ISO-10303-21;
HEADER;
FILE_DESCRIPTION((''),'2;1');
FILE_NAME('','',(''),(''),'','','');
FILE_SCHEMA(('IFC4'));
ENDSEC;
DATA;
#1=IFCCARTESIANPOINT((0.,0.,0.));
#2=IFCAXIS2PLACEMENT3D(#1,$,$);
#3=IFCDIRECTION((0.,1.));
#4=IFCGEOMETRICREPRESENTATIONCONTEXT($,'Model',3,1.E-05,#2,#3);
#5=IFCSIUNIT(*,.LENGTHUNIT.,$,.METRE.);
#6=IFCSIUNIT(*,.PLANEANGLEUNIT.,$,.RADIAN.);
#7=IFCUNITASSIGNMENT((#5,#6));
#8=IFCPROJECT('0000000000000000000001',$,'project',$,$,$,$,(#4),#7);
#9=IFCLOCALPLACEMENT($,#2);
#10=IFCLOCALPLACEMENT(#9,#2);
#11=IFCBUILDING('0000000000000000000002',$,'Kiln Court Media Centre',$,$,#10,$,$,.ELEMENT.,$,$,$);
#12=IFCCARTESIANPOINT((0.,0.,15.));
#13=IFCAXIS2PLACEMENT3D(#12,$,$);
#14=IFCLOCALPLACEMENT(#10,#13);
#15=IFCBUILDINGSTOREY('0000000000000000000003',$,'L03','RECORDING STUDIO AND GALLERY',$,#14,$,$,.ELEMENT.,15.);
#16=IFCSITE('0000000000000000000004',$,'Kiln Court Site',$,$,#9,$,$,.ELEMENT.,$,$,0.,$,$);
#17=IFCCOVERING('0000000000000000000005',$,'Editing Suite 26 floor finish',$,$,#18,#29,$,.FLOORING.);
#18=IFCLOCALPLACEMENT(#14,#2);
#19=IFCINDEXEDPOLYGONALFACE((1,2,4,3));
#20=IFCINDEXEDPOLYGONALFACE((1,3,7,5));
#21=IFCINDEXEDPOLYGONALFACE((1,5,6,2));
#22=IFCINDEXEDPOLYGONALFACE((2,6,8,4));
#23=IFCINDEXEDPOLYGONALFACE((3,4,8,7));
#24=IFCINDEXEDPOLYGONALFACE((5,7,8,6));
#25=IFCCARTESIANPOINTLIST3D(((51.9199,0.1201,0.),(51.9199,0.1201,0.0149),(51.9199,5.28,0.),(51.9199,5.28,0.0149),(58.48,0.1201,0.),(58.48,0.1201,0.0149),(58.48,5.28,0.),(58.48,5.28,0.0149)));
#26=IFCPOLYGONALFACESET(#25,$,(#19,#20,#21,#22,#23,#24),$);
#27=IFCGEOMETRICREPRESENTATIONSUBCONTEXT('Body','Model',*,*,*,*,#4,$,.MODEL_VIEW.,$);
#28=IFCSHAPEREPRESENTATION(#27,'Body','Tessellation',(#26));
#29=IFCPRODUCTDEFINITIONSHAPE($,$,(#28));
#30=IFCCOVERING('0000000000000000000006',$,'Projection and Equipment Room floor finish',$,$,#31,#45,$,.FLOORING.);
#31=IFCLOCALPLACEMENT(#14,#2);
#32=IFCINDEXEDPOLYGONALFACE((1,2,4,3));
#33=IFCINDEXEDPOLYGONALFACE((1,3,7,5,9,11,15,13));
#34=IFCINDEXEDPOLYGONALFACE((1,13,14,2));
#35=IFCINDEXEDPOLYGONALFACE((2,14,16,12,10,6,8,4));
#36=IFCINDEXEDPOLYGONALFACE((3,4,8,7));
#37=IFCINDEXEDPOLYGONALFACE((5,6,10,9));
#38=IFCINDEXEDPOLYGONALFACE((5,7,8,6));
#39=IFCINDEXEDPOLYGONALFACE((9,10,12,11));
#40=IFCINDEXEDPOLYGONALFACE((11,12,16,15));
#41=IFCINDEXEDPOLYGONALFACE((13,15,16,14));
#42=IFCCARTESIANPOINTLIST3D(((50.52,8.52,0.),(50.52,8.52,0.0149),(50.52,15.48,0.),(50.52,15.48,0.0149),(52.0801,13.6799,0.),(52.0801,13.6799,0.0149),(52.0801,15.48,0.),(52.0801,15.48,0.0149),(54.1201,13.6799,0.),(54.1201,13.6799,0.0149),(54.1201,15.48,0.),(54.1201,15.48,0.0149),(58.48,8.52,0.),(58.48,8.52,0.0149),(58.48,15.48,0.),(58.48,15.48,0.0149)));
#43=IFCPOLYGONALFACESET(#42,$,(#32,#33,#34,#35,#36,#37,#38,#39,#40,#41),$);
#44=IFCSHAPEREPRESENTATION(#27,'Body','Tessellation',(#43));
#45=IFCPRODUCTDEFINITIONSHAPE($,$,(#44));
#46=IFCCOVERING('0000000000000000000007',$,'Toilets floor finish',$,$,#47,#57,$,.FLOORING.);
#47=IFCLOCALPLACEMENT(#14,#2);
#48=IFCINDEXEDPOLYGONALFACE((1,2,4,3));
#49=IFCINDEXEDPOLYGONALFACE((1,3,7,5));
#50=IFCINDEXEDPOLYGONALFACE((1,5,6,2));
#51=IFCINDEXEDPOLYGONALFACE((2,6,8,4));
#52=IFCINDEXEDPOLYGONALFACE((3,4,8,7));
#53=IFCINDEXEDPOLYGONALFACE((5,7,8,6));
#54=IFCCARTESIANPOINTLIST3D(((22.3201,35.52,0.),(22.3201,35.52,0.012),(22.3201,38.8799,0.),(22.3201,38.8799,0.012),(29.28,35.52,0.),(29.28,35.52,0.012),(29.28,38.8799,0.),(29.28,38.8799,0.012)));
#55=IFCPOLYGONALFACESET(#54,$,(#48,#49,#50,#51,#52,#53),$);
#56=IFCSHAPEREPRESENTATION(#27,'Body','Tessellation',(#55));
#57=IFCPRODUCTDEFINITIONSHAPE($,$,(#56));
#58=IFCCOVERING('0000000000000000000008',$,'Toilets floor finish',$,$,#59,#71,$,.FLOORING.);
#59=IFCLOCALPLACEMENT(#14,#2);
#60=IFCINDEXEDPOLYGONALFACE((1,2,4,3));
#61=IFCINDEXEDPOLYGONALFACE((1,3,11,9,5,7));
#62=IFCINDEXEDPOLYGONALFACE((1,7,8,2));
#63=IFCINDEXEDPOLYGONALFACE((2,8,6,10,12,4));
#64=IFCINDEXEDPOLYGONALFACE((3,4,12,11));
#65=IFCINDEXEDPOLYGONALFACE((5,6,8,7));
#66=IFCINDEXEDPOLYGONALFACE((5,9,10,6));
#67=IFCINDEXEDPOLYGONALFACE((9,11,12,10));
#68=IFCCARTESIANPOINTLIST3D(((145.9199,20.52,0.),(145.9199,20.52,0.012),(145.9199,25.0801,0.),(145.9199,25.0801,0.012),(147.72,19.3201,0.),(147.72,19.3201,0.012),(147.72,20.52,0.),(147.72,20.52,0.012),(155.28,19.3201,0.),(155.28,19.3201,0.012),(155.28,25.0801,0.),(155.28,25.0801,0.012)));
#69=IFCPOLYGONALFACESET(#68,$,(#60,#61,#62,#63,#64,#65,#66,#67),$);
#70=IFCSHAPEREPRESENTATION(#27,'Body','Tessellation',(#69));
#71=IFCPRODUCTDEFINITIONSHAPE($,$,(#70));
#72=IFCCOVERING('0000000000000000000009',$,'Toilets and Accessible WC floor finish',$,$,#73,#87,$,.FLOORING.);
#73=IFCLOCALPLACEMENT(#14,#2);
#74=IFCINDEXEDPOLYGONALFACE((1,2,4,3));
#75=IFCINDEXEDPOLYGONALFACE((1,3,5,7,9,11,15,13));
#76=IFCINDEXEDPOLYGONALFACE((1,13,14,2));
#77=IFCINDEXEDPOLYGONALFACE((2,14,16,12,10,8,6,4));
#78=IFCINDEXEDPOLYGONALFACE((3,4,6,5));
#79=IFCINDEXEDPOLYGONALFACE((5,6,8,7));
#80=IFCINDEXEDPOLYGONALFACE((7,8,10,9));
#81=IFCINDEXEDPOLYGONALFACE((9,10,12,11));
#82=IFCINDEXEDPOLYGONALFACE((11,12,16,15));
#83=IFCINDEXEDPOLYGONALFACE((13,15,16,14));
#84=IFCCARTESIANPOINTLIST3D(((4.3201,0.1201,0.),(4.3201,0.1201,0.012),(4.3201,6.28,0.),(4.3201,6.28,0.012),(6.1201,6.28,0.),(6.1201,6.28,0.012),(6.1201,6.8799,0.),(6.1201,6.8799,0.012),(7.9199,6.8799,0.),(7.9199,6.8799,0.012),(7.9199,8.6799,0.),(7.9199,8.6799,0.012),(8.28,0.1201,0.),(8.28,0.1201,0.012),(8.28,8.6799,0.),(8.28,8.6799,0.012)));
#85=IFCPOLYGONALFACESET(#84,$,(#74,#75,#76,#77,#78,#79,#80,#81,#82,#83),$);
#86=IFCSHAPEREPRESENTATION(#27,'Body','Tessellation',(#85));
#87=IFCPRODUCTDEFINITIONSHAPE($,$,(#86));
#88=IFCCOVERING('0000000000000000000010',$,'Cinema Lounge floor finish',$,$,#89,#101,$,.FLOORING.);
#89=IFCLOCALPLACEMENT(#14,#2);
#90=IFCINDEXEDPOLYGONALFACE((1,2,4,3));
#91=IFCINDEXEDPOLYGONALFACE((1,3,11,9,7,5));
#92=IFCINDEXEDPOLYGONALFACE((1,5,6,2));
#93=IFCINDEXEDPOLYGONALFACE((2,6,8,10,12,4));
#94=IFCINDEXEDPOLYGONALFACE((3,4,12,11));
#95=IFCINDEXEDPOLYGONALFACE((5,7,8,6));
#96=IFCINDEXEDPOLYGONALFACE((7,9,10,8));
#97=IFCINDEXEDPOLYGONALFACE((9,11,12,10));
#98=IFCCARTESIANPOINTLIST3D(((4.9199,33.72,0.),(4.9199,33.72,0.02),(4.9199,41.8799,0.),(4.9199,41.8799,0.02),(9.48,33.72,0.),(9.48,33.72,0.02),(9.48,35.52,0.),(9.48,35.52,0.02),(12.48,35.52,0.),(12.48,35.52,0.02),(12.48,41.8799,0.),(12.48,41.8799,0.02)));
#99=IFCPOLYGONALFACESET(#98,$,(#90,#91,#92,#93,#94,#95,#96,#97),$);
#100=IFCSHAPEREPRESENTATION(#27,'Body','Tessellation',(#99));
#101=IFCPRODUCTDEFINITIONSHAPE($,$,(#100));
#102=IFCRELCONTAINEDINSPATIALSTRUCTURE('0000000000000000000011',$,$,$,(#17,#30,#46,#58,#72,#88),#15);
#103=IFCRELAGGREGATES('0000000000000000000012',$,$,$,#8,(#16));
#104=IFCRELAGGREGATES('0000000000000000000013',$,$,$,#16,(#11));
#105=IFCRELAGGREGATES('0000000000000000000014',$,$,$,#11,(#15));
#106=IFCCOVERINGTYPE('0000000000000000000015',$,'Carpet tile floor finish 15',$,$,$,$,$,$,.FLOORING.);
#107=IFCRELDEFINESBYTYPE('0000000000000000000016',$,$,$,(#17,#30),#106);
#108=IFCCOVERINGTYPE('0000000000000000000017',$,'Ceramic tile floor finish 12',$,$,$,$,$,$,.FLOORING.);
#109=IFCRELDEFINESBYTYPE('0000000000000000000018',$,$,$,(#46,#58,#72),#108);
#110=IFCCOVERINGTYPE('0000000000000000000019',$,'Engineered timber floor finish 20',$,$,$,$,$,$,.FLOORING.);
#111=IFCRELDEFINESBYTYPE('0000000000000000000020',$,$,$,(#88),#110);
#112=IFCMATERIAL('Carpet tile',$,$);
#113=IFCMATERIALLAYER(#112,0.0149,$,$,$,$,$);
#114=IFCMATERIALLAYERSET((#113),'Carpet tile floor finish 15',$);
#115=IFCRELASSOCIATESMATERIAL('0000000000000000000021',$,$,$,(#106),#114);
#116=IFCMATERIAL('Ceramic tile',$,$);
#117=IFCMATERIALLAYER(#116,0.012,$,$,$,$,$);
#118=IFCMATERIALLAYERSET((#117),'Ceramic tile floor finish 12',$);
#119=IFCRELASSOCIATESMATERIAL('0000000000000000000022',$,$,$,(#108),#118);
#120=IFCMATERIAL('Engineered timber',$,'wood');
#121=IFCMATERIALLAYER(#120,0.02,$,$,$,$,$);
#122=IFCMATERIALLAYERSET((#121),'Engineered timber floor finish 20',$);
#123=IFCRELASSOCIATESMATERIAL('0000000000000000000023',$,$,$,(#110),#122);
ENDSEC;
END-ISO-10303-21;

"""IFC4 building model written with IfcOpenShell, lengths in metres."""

from ifc_helpers import new_model, si_unit, direction, frame, origin, place, context, subcontext, project, spatial, polyline, outline, extrude, material, layer, layer_set, type_object, element, save


model = new_model("IFC4")

# Units and contexts
model_context = context("Model", 3, precision=1e-05, world=origin(), true_north=direction((0.0, 1.0)))
body_context = subcontext(model_context, "Body", "Model", "MODEL_VIEW")
ifc_project = project(units=[si_unit("LENGTHUNIT", "METRE"), si_unit("PLANEANGLEUNIT", "RADIAN")], contexts=[model_context])

# Site, building, storey
site_placement = place(None, origin())
site = spatial("IfcSite", under=ifc_project, at=site_placement, Name="Kiln Court Site", CompositionType="ELEMENT", RefElevation=0.0)
building_placement = place(site_placement, origin())
building = spatial("IfcBuilding", under=site, at=building_placement, Name="Kiln Court Media Centre", CompositionType="ELEMENT")
storey_placement = place(building_placement, frame((0.0, 0.0, 15.0)))
storey = spatial("IfcBuildingStorey", under=building, at=storey_placement, Name="L03", Description="RECORDING STUDIO AND GALLERY", CompositionType="ELEMENT", Elevation=15.0)

# Coverings
ifc_material_1 = material(Name="Carpet tile")
ifc_layer_1 = layer(ifc_material_1, 0.0149)
ifc_layer_set_1 = layer_set([ifc_layer_1], Name="Carpet tile floor finish 15")
covering_type_1 = type_object("IfcCoveringType", Name="Carpet tile floor finish 15", PredefinedType="FLOORING", material=ifc_layer_set_1)
covering_1_placement = place(storey_placement, origin())
element("IfcCovering", 1, at=covering_1_placement, inside=storey, type_object=covering_type_1, Name="Editing Suite 26 floor finish", PredefinedType="FLOORING", context=body_context, shape_type="SweptSolid", body=[
    extrude(outline(polyline([(51.9199, 0.1201), (58.48, 0.1201), (58.48, 5.28), (51.9199, 5.28), (51.9199, 0.1201)])), origin(), (0.0, 0.0, 1.0), 0.0149),
])
covering_2_placement = place(storey_placement, origin())
element("IfcCovering", 2, at=covering_2_placement, inside=storey, type_object=covering_type_1, Name="Projection and Equipment Room floor finish", PredefinedType="FLOORING", context=body_context, shape_type="SweptSolid", body=[
    extrude(outline(polyline([(50.52, 8.52), (58.48, 8.52), (58.48, 15.48), (54.1201, 15.48), (54.1201, 13.6799), (52.0801, 13.6799), (52.0801, 15.48), (50.52, 15.48), (50.52, 8.52)])), origin(), (0.0, 0.0, 1.0), 0.0149),
])
ifc_material_2 = material(Name="Ceramic tile")
ifc_layer_2 = layer(ifc_material_2, 0.012)
ifc_layer_set_2 = layer_set([ifc_layer_2], Name="Ceramic tile floor finish 12")
covering_type_2 = type_object("IfcCoveringType", Name="Ceramic tile floor finish 12", PredefinedType="FLOORING", material=ifc_layer_set_2)
covering_3_placement = place(storey_placement, origin())
element("IfcCovering", 3, at=covering_3_placement, inside=storey, type_object=covering_type_2, Name="Toilets floor finish", PredefinedType="FLOORING", context=body_context, shape_type="SweptSolid", body=[
    extrude(outline(polyline([(29.28, 38.8799), (22.3201, 38.8799), (22.3201, 35.52), (29.28, 35.52), (29.28, 38.8799)])), origin(), (0.0, 0.0, 1.0), 0.012),
])
covering_4_placement = place(storey_placement, origin())
element("IfcCovering", 4, at=covering_4_placement, inside=storey, type_object=covering_type_2, Name="Toilets floor finish", PredefinedType="FLOORING", context=body_context, shape_type="SweptSolid", body=[
    extrude(outline(polyline([(145.9199, 25.0801), (145.9199, 20.52), (147.72, 20.52), (147.72, 19.3201), (155.28, 19.3201), (155.28, 25.0801), (145.9199, 25.0801)])), origin(), (0.0, 0.0, 1.0), 0.012),
])
covering_5_placement = place(storey_placement, origin())
element("IfcCovering", 5, at=covering_5_placement, inside=storey, type_object=covering_type_2, Name="Toilets and Accessible WC floor finish", PredefinedType="FLOORING", context=body_context, shape_type="SweptSolid", body=[
    extrude(outline(polyline([(8.28, 8.6799), (7.9199, 8.6799), (7.9199, 6.8799), (6.1201, 6.8799), (6.1201, 6.28), (4.3201, 6.28), (4.3201, 0.1201), (8.28, 0.1201), (8.28, 8.6799)])), origin(), (0.0, 0.0, 1.0), 0.012),
])
ifc_material_3 = material(Name="Engineered timber", Category="wood")
ifc_layer_3 = layer(ifc_material_3, 0.02)
ifc_layer_set_3 = layer_set([ifc_layer_3], Name="Engineered timber floor finish 20")
covering_type_3 = type_object("IfcCoveringType", Name="Engineered timber floor finish 20", PredefinedType="FLOORING", material=ifc_layer_set_3)
covering_6_placement = place(storey_placement, origin())
element("IfcCovering", 6, at=covering_6_placement, inside=storey, type_object=covering_type_3, Name="Cinema Lounge floor finish", PredefinedType="FLOORING", context=body_context, shape_type="SweptSolid", body=[
    extrude(outline(polyline([(12.48, 41.8799), (4.9199, 41.8799), (4.9199, 33.72), (9.48, 33.72), (9.48, 35.52), (12.48, 35.52), (12.48, 41.8799)])), origin(), (0.0, 0.0, 1.0), 0.02),
])

save(model, "model.ifc")
